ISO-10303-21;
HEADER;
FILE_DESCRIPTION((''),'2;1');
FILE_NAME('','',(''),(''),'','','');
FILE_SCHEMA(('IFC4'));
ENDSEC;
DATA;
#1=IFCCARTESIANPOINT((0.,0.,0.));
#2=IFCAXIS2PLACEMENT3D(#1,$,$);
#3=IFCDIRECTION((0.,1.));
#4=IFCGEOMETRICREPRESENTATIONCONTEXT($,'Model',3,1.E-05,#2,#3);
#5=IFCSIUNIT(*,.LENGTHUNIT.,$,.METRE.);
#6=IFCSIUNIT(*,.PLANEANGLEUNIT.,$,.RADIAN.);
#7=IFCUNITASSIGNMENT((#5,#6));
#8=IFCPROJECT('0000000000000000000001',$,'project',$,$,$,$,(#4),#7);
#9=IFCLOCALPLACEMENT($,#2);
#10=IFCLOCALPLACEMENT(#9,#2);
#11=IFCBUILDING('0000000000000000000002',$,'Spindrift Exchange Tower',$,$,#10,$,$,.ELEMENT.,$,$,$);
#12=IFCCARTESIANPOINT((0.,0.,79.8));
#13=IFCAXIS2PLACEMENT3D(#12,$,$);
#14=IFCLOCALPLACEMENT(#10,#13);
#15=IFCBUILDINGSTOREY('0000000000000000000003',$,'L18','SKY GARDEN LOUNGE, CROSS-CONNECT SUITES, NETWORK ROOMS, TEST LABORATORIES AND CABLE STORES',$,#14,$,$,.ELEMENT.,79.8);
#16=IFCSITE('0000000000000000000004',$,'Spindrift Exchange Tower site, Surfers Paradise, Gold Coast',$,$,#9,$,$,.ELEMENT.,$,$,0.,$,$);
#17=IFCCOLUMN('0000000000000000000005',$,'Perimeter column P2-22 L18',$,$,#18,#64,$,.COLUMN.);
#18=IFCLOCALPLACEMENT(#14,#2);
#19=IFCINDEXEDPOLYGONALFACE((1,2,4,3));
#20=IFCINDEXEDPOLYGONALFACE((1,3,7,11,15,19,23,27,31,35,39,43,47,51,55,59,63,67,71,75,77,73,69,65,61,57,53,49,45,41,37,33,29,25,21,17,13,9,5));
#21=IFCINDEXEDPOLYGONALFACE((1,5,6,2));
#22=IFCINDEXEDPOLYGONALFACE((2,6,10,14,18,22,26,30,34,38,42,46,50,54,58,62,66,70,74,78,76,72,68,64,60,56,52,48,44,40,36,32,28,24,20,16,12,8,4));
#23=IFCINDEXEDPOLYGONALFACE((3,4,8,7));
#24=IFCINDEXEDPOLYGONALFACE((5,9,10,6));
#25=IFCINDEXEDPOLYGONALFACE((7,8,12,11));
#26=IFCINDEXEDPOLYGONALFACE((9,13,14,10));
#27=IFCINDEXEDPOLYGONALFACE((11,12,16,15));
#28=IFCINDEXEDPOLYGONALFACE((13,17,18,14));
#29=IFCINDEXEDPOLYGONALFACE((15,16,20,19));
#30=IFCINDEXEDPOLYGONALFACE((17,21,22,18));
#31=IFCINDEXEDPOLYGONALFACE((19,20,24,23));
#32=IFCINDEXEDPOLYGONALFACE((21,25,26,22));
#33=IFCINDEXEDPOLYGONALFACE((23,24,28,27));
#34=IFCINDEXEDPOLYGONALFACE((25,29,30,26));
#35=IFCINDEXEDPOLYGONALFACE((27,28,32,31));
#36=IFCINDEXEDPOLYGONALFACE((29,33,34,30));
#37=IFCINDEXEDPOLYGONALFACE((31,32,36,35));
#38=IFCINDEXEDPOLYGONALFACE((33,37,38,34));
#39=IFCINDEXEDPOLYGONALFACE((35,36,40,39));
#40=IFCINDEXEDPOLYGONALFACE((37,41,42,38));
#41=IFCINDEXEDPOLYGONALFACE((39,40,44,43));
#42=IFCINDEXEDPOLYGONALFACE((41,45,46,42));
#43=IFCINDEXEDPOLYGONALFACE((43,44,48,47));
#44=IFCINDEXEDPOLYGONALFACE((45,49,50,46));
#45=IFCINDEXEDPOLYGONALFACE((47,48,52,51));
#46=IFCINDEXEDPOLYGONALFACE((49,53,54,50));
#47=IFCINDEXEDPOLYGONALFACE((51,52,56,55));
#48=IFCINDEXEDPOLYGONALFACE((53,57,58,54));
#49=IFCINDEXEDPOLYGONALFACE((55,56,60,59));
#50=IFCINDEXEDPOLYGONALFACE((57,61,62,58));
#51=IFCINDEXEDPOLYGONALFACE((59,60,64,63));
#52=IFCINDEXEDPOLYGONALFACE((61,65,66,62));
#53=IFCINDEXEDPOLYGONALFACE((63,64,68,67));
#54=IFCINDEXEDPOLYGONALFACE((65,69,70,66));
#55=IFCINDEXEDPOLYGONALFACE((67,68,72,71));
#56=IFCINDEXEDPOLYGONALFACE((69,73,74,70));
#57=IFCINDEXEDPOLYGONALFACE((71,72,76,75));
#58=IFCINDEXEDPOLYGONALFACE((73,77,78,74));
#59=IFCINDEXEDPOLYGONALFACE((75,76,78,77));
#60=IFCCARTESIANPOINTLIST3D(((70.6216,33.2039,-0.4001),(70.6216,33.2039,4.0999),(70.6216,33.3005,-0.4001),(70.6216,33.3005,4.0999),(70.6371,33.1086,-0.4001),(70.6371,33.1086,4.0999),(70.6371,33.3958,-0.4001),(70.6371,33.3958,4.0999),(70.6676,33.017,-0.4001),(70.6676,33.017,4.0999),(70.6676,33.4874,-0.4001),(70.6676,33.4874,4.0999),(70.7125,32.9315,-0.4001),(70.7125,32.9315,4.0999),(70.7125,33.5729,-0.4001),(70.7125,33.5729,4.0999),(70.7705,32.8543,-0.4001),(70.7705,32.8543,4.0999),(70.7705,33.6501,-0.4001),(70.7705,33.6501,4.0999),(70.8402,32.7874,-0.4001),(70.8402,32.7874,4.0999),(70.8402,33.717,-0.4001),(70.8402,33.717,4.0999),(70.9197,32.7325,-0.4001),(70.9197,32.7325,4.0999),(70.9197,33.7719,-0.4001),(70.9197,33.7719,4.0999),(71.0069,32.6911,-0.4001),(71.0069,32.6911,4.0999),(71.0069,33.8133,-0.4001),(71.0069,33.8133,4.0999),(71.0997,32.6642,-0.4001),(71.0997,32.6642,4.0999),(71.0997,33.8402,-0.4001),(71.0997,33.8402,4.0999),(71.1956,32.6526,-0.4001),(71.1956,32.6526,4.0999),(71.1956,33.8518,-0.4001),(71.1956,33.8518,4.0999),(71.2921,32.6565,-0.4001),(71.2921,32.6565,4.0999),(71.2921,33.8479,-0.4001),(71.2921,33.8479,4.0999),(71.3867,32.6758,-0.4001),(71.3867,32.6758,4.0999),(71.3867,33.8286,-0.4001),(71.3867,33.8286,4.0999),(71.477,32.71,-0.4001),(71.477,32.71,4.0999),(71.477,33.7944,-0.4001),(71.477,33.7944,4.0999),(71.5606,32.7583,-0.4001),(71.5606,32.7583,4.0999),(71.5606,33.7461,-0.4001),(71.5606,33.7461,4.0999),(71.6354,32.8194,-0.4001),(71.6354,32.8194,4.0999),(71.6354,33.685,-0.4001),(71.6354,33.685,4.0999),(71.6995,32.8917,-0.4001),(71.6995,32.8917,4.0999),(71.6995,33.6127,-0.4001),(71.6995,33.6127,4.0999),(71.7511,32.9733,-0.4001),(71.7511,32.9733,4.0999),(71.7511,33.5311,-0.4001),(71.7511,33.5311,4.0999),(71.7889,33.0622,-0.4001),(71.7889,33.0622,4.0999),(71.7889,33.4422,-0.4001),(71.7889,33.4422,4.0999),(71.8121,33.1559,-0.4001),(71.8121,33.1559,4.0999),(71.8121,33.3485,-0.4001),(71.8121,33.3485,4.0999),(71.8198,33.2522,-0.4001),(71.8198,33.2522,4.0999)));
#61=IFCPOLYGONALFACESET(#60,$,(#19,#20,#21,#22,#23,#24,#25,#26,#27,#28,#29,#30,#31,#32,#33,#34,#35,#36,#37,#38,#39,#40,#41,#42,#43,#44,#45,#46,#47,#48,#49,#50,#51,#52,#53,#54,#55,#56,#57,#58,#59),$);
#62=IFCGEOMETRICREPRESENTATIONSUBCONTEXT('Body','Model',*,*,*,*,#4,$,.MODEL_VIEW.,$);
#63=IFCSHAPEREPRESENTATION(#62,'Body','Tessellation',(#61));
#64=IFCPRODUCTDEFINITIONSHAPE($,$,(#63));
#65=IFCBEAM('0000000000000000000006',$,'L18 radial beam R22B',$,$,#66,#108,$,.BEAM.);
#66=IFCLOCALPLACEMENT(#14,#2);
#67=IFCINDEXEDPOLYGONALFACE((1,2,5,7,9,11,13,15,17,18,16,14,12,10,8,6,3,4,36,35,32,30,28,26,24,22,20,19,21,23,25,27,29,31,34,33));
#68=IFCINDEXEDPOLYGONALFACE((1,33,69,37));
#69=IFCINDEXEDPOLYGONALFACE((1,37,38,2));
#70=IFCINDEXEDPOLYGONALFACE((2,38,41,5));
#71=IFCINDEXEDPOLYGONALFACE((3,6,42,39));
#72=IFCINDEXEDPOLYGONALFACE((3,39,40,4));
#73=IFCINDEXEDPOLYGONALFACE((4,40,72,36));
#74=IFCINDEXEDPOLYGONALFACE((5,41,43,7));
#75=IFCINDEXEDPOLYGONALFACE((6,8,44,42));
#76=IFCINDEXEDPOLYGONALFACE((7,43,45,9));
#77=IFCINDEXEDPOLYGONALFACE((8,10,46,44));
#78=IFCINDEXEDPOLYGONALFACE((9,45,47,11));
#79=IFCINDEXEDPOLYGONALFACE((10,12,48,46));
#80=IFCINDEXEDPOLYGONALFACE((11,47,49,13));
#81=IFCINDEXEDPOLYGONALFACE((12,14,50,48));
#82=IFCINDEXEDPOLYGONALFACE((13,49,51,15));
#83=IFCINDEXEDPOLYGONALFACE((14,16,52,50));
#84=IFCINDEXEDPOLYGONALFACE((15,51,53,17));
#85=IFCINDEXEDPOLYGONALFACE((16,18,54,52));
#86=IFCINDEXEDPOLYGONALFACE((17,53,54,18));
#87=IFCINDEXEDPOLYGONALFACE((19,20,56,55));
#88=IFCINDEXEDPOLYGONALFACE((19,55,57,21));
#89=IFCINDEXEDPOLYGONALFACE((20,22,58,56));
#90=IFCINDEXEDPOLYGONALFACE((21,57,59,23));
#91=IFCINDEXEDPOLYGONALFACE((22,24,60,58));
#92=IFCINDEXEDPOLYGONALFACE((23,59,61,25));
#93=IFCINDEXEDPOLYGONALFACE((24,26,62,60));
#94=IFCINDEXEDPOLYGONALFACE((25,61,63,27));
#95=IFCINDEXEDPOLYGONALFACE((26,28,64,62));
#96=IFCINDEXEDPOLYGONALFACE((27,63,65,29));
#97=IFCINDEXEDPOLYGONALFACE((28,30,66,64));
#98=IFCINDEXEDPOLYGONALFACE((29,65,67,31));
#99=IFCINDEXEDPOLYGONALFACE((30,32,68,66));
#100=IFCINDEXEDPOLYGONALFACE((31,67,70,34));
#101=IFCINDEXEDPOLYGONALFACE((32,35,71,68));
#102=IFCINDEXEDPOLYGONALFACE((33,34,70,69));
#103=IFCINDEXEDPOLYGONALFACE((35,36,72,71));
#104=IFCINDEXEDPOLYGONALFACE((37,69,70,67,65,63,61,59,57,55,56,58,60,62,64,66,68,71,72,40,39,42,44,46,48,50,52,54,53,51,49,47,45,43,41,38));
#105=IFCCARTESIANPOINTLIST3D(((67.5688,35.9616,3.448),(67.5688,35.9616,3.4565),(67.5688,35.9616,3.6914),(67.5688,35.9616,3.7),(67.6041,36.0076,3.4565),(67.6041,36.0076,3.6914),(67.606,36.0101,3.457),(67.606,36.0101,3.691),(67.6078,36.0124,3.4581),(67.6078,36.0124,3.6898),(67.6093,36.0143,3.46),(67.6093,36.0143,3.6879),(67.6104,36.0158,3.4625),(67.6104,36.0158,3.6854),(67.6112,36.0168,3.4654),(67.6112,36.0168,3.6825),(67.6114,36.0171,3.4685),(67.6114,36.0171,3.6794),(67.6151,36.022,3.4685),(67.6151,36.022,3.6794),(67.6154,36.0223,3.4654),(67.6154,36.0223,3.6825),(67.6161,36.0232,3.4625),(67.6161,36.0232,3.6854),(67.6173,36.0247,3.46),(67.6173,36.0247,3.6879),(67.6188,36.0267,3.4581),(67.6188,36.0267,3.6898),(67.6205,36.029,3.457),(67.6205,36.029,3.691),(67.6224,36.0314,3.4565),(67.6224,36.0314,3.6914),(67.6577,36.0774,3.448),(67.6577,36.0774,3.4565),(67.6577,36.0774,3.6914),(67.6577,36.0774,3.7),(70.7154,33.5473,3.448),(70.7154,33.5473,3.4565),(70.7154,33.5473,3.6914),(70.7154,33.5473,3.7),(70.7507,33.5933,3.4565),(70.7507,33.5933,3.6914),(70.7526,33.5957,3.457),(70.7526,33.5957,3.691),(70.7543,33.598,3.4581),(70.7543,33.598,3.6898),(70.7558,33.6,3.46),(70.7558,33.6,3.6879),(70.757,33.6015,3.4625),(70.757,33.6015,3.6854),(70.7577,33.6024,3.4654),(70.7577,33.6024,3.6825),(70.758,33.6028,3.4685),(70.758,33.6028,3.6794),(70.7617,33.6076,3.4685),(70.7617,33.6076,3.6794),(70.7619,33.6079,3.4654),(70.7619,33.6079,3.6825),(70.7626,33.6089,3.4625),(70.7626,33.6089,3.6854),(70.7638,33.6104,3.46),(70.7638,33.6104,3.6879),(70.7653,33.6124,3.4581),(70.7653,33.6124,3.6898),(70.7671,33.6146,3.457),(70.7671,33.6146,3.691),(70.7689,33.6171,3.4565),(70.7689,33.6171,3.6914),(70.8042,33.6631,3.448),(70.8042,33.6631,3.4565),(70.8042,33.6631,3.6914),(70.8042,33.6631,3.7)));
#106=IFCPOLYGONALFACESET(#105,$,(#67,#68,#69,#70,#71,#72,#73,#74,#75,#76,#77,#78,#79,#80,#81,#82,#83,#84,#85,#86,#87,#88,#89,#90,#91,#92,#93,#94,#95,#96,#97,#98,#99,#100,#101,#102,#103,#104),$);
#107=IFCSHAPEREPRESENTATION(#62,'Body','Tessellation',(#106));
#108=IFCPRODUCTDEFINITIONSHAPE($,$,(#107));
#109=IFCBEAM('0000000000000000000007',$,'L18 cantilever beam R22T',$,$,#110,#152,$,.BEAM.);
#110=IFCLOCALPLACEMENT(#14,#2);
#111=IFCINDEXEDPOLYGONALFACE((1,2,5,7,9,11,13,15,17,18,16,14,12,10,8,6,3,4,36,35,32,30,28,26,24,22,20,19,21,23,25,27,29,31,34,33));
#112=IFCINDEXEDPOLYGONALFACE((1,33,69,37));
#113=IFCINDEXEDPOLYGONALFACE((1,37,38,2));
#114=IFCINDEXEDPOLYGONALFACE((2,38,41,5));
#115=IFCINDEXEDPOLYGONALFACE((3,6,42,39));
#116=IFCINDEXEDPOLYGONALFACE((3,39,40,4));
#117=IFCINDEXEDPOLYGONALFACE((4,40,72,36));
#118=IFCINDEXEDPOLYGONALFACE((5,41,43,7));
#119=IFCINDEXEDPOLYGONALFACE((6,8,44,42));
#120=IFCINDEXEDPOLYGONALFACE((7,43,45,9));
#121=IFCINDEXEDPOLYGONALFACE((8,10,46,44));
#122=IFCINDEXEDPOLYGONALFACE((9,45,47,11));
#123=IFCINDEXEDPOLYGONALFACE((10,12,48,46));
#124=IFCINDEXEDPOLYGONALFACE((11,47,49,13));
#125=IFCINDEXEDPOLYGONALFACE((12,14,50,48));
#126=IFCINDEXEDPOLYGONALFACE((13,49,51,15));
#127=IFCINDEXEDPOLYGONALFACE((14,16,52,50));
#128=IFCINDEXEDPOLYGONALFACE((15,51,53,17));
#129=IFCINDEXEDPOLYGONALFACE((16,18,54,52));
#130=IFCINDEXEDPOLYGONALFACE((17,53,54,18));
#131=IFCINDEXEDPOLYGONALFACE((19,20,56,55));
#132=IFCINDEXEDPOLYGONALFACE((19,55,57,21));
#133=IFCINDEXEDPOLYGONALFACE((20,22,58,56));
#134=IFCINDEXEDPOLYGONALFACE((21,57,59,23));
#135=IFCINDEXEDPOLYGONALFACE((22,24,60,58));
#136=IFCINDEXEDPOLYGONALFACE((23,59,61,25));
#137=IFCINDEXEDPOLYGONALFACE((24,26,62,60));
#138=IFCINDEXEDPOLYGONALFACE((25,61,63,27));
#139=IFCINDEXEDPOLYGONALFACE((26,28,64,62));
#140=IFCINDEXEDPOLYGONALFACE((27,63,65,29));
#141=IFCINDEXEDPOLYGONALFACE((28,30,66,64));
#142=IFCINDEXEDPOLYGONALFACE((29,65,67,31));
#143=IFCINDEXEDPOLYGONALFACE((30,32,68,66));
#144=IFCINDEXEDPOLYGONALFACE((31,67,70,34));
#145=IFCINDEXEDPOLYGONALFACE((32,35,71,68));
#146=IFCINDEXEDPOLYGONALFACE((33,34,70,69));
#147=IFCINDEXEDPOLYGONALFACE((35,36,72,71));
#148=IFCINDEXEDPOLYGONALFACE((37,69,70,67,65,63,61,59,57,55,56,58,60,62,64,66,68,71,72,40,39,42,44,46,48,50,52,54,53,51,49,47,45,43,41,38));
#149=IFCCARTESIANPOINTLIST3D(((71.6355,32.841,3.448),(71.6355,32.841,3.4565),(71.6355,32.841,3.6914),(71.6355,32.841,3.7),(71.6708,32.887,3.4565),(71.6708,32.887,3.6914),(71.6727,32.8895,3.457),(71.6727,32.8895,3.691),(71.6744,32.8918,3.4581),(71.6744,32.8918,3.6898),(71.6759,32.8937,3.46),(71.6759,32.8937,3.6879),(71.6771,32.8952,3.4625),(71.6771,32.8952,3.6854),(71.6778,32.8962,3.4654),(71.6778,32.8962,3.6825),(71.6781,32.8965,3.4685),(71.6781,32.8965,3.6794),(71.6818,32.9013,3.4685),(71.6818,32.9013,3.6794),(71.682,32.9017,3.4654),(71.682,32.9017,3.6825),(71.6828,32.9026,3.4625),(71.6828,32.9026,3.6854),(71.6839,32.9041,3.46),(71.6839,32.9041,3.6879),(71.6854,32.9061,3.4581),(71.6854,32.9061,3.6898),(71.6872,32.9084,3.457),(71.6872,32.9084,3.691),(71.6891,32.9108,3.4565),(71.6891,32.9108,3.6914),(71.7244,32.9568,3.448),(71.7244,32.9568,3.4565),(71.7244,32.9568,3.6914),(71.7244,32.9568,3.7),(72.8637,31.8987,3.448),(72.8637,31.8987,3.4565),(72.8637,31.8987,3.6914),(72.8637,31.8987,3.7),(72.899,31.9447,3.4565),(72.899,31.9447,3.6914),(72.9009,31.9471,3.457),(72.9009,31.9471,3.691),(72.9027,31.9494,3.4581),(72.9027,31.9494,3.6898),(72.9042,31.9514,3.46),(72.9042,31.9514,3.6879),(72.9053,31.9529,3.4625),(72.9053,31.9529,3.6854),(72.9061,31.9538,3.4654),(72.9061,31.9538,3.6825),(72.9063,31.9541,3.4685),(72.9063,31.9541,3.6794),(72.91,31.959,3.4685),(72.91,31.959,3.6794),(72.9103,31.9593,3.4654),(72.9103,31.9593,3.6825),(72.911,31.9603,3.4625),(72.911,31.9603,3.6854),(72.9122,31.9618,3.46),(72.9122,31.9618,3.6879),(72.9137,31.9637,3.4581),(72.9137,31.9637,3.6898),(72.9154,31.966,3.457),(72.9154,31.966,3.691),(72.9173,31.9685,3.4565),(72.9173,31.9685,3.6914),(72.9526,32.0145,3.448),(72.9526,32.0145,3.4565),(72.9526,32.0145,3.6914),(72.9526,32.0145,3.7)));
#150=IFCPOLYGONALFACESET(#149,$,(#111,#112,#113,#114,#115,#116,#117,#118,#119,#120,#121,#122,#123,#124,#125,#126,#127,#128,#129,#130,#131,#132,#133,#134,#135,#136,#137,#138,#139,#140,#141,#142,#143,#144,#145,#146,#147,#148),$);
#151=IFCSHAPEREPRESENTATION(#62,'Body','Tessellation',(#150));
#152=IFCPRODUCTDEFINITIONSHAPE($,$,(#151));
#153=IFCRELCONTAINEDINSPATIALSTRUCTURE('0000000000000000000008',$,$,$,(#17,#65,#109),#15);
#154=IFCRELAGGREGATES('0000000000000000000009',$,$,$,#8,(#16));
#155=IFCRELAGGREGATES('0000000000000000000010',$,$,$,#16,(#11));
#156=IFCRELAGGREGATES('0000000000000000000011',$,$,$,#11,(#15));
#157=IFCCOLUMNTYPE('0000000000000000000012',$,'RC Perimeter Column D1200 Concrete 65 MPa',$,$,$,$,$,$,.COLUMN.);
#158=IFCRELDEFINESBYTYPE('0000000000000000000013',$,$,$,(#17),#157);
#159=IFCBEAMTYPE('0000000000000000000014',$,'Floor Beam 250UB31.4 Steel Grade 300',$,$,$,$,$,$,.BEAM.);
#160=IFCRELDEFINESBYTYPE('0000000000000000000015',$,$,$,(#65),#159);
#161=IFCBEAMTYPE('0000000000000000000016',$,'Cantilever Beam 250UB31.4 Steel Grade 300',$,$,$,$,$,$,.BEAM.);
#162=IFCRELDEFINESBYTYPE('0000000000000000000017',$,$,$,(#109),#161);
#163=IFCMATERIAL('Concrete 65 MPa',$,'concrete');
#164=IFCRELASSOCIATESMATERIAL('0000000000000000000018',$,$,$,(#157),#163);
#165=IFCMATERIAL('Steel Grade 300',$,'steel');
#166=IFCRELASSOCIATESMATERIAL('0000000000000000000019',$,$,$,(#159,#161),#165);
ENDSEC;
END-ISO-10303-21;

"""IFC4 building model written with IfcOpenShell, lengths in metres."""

from ifc_helpers import new_model, si_unit, direction, frame, origin, origin_2d, place, context, subcontext, project, spatial, circle, i_section, extrude, source, transform, mapped, material, material_profile, profile_set, type_object, element, save


model = new_model("IFC4")

# Units and contexts
model_context = context("Model", 3, precision=1e-05, world=origin(), true_north=direction((0.0, 1.0)))
body_context = subcontext(model_context, "Body", "Model", "MODEL_VIEW")
ifc_project = project(units=[si_unit("LENGTHUNIT", "METRE"), si_unit("PLANEANGLEUNIT", "RADIAN")], contexts=[model_context])

# Site, building, storey
site_placement = place(None, origin())
site = spatial("IfcSite", under=ifc_project, at=site_placement, Name="Spindrift Exchange Tower site, Surfers Paradise, Gold Coast", CompositionType="ELEMENT", RefElevation=0.0)
building_placement = place(site_placement, origin())
building = spatial("IfcBuilding", under=site, at=building_placement, Name="Spindrift Exchange Tower", CompositionType="ELEMENT")
storey_placement = place(building_placement, frame((0.0, 0.0, 79.8)))
storey = spatial("IfcBuildingStorey", under=building, at=storey_placement, Name="L18", Description="SKY GARDEN LOUNGE, CROSS-CONNECT SUITES, NETWORK ROOMS, TEST LABORATORIES AND CABLE STORES", CompositionType="ELEMENT", Elevation=79.8)

# Column
ifc_material_1 = material(Name="Concrete 65 MPa", Category="concrete")
ifc_material_profile_1 = material_profile(ifc_material_1, circle(Radius=0.6001, at=origin_2d()), Name="RC D1200")
ifc_profile_set_1 = profile_set([ifc_material_profile_1], Name="Concrete 65 MPa")
column_type = type_object("IfcColumnType", Name="RC Perimeter Column D1200 Concrete 65 MPa", PredefinedType="COLUMN", material=ifc_profile_set_1)
shared_shape_1 = source(origin(), body_context, "Body", "SweptSolid", [
    extrude(circle(Radius=0.6001, at=origin_2d()), origin(), (0.0, 0.0, 1.0), 4.5),
])
column_placement = place(storey_placement, frame((71.2197, 33.2522, -0.4001), z_axis=(0.0, 0.0, 1.0), x_axis=(1.0, 0.0, 0.0)))
element("IfcColumn", 1, at=column_placement, inside=storey, type_object=column_type, Name="Perimeter column P2-22 L18", PredefinedType="COLUMN", context=body_context, shape_type="MappedRepresentation", body=[
    mapped(shared_shape_1, transform((0.0, 0.0, 0.0), scale=1.0)),
])

# Beams
ifc_material_2 = material(Name="Steel Grade 300", Category="steel")
ifc_material_profile_2 = material_profile(ifc_material_2, i_section(OverallWidth=0.146, OverallDepth=0.252, WebThickness=0.0061, FlangeThickness=0.0085, FilletRadius=0.012, at=origin_2d()), Name="250UB31.4")
ifc_profile_set_2 = profile_set([ifc_material_profile_2], Name="Steel Grade 300")
beam_type_1 = type_object("IfcBeamType", Name="Floor Beam 250UB31.4 Steel Grade 300", PredefinedType="BEAM", material=ifc_profile_set_2)
shared_shape_2 = source(origin(), body_context, "Body", "SweptSolid", [
    extrude(i_section(OverallWidth=0.146, OverallDepth=0.252, WebThickness=0.0061, FlangeThickness=0.0085, FilletRadius=0.012, at=origin_2d()), origin(), (0.0, 0.0, 1.0), 3.9661),
])
beam_1_placement = place(storey_placement, frame((67.6133, 36.0195, 3.574), z_axis=(0.793363, -0.608749, 0.0), x_axis=(0.608749, 0.793363, 0.0)))
element("IfcBeam", 2, at=beam_1_placement, inside=storey, type_object=beam_type_1, Name="L18 radial beam R22B", PredefinedType="BEAM", context=body_context, shape_type="MappedRepresentation", body=[
    mapped(shared_shape_2, transform((0.0, 0.0, 0.0), scale=1.0)),
])
ifc_material_profile_3 = material_profile(ifc_material_2, i_section(OverallWidth=0.146, OverallDepth=0.252, WebThickness=0.0061, FlangeThickness=0.0085, FilletRadius=0.012, at=origin_2d()), Name="250UB31.4")
ifc_profile_set_3 = profile_set([ifc_material_profile_3], Name="Steel Grade 300")
beam_type_2 = type_object("IfcBeamType", Name="Cantilever Beam 250UB31.4 Steel Grade 300", PredefinedType="BEAM", material=ifc_profile_set_3)
shared_shape_3 = source(origin(), body_context, "Body", "SweptSolid", [
    extrude(i_section(OverallWidth=0.146, OverallDepth=0.252, WebThickness=0.0061, FlangeThickness=0.0085, FilletRadius=0.012, at=origin_2d()), origin(), (0.0, 0.0, 1.0), 1.5481),
])
beam_2_placement = place(storey_placement, frame((71.6799, 32.8989, 3.574), z_axis=(0.793385, -0.60872, 0.0), x_axis=(0.60872, 0.793385, 0.0)))
element("IfcBeam", 3, at=beam_2_placement, inside=storey, type_object=beam_type_2, Name="L18 cantilever beam R22T", PredefinedType="BEAM", context=body_context, shape_type="MappedRepresentation", body=[
    mapped(shared_shape_3, transform((0.0, 0.0, 0.0), scale=1.0)),
])

save(model, "model.ifc")
